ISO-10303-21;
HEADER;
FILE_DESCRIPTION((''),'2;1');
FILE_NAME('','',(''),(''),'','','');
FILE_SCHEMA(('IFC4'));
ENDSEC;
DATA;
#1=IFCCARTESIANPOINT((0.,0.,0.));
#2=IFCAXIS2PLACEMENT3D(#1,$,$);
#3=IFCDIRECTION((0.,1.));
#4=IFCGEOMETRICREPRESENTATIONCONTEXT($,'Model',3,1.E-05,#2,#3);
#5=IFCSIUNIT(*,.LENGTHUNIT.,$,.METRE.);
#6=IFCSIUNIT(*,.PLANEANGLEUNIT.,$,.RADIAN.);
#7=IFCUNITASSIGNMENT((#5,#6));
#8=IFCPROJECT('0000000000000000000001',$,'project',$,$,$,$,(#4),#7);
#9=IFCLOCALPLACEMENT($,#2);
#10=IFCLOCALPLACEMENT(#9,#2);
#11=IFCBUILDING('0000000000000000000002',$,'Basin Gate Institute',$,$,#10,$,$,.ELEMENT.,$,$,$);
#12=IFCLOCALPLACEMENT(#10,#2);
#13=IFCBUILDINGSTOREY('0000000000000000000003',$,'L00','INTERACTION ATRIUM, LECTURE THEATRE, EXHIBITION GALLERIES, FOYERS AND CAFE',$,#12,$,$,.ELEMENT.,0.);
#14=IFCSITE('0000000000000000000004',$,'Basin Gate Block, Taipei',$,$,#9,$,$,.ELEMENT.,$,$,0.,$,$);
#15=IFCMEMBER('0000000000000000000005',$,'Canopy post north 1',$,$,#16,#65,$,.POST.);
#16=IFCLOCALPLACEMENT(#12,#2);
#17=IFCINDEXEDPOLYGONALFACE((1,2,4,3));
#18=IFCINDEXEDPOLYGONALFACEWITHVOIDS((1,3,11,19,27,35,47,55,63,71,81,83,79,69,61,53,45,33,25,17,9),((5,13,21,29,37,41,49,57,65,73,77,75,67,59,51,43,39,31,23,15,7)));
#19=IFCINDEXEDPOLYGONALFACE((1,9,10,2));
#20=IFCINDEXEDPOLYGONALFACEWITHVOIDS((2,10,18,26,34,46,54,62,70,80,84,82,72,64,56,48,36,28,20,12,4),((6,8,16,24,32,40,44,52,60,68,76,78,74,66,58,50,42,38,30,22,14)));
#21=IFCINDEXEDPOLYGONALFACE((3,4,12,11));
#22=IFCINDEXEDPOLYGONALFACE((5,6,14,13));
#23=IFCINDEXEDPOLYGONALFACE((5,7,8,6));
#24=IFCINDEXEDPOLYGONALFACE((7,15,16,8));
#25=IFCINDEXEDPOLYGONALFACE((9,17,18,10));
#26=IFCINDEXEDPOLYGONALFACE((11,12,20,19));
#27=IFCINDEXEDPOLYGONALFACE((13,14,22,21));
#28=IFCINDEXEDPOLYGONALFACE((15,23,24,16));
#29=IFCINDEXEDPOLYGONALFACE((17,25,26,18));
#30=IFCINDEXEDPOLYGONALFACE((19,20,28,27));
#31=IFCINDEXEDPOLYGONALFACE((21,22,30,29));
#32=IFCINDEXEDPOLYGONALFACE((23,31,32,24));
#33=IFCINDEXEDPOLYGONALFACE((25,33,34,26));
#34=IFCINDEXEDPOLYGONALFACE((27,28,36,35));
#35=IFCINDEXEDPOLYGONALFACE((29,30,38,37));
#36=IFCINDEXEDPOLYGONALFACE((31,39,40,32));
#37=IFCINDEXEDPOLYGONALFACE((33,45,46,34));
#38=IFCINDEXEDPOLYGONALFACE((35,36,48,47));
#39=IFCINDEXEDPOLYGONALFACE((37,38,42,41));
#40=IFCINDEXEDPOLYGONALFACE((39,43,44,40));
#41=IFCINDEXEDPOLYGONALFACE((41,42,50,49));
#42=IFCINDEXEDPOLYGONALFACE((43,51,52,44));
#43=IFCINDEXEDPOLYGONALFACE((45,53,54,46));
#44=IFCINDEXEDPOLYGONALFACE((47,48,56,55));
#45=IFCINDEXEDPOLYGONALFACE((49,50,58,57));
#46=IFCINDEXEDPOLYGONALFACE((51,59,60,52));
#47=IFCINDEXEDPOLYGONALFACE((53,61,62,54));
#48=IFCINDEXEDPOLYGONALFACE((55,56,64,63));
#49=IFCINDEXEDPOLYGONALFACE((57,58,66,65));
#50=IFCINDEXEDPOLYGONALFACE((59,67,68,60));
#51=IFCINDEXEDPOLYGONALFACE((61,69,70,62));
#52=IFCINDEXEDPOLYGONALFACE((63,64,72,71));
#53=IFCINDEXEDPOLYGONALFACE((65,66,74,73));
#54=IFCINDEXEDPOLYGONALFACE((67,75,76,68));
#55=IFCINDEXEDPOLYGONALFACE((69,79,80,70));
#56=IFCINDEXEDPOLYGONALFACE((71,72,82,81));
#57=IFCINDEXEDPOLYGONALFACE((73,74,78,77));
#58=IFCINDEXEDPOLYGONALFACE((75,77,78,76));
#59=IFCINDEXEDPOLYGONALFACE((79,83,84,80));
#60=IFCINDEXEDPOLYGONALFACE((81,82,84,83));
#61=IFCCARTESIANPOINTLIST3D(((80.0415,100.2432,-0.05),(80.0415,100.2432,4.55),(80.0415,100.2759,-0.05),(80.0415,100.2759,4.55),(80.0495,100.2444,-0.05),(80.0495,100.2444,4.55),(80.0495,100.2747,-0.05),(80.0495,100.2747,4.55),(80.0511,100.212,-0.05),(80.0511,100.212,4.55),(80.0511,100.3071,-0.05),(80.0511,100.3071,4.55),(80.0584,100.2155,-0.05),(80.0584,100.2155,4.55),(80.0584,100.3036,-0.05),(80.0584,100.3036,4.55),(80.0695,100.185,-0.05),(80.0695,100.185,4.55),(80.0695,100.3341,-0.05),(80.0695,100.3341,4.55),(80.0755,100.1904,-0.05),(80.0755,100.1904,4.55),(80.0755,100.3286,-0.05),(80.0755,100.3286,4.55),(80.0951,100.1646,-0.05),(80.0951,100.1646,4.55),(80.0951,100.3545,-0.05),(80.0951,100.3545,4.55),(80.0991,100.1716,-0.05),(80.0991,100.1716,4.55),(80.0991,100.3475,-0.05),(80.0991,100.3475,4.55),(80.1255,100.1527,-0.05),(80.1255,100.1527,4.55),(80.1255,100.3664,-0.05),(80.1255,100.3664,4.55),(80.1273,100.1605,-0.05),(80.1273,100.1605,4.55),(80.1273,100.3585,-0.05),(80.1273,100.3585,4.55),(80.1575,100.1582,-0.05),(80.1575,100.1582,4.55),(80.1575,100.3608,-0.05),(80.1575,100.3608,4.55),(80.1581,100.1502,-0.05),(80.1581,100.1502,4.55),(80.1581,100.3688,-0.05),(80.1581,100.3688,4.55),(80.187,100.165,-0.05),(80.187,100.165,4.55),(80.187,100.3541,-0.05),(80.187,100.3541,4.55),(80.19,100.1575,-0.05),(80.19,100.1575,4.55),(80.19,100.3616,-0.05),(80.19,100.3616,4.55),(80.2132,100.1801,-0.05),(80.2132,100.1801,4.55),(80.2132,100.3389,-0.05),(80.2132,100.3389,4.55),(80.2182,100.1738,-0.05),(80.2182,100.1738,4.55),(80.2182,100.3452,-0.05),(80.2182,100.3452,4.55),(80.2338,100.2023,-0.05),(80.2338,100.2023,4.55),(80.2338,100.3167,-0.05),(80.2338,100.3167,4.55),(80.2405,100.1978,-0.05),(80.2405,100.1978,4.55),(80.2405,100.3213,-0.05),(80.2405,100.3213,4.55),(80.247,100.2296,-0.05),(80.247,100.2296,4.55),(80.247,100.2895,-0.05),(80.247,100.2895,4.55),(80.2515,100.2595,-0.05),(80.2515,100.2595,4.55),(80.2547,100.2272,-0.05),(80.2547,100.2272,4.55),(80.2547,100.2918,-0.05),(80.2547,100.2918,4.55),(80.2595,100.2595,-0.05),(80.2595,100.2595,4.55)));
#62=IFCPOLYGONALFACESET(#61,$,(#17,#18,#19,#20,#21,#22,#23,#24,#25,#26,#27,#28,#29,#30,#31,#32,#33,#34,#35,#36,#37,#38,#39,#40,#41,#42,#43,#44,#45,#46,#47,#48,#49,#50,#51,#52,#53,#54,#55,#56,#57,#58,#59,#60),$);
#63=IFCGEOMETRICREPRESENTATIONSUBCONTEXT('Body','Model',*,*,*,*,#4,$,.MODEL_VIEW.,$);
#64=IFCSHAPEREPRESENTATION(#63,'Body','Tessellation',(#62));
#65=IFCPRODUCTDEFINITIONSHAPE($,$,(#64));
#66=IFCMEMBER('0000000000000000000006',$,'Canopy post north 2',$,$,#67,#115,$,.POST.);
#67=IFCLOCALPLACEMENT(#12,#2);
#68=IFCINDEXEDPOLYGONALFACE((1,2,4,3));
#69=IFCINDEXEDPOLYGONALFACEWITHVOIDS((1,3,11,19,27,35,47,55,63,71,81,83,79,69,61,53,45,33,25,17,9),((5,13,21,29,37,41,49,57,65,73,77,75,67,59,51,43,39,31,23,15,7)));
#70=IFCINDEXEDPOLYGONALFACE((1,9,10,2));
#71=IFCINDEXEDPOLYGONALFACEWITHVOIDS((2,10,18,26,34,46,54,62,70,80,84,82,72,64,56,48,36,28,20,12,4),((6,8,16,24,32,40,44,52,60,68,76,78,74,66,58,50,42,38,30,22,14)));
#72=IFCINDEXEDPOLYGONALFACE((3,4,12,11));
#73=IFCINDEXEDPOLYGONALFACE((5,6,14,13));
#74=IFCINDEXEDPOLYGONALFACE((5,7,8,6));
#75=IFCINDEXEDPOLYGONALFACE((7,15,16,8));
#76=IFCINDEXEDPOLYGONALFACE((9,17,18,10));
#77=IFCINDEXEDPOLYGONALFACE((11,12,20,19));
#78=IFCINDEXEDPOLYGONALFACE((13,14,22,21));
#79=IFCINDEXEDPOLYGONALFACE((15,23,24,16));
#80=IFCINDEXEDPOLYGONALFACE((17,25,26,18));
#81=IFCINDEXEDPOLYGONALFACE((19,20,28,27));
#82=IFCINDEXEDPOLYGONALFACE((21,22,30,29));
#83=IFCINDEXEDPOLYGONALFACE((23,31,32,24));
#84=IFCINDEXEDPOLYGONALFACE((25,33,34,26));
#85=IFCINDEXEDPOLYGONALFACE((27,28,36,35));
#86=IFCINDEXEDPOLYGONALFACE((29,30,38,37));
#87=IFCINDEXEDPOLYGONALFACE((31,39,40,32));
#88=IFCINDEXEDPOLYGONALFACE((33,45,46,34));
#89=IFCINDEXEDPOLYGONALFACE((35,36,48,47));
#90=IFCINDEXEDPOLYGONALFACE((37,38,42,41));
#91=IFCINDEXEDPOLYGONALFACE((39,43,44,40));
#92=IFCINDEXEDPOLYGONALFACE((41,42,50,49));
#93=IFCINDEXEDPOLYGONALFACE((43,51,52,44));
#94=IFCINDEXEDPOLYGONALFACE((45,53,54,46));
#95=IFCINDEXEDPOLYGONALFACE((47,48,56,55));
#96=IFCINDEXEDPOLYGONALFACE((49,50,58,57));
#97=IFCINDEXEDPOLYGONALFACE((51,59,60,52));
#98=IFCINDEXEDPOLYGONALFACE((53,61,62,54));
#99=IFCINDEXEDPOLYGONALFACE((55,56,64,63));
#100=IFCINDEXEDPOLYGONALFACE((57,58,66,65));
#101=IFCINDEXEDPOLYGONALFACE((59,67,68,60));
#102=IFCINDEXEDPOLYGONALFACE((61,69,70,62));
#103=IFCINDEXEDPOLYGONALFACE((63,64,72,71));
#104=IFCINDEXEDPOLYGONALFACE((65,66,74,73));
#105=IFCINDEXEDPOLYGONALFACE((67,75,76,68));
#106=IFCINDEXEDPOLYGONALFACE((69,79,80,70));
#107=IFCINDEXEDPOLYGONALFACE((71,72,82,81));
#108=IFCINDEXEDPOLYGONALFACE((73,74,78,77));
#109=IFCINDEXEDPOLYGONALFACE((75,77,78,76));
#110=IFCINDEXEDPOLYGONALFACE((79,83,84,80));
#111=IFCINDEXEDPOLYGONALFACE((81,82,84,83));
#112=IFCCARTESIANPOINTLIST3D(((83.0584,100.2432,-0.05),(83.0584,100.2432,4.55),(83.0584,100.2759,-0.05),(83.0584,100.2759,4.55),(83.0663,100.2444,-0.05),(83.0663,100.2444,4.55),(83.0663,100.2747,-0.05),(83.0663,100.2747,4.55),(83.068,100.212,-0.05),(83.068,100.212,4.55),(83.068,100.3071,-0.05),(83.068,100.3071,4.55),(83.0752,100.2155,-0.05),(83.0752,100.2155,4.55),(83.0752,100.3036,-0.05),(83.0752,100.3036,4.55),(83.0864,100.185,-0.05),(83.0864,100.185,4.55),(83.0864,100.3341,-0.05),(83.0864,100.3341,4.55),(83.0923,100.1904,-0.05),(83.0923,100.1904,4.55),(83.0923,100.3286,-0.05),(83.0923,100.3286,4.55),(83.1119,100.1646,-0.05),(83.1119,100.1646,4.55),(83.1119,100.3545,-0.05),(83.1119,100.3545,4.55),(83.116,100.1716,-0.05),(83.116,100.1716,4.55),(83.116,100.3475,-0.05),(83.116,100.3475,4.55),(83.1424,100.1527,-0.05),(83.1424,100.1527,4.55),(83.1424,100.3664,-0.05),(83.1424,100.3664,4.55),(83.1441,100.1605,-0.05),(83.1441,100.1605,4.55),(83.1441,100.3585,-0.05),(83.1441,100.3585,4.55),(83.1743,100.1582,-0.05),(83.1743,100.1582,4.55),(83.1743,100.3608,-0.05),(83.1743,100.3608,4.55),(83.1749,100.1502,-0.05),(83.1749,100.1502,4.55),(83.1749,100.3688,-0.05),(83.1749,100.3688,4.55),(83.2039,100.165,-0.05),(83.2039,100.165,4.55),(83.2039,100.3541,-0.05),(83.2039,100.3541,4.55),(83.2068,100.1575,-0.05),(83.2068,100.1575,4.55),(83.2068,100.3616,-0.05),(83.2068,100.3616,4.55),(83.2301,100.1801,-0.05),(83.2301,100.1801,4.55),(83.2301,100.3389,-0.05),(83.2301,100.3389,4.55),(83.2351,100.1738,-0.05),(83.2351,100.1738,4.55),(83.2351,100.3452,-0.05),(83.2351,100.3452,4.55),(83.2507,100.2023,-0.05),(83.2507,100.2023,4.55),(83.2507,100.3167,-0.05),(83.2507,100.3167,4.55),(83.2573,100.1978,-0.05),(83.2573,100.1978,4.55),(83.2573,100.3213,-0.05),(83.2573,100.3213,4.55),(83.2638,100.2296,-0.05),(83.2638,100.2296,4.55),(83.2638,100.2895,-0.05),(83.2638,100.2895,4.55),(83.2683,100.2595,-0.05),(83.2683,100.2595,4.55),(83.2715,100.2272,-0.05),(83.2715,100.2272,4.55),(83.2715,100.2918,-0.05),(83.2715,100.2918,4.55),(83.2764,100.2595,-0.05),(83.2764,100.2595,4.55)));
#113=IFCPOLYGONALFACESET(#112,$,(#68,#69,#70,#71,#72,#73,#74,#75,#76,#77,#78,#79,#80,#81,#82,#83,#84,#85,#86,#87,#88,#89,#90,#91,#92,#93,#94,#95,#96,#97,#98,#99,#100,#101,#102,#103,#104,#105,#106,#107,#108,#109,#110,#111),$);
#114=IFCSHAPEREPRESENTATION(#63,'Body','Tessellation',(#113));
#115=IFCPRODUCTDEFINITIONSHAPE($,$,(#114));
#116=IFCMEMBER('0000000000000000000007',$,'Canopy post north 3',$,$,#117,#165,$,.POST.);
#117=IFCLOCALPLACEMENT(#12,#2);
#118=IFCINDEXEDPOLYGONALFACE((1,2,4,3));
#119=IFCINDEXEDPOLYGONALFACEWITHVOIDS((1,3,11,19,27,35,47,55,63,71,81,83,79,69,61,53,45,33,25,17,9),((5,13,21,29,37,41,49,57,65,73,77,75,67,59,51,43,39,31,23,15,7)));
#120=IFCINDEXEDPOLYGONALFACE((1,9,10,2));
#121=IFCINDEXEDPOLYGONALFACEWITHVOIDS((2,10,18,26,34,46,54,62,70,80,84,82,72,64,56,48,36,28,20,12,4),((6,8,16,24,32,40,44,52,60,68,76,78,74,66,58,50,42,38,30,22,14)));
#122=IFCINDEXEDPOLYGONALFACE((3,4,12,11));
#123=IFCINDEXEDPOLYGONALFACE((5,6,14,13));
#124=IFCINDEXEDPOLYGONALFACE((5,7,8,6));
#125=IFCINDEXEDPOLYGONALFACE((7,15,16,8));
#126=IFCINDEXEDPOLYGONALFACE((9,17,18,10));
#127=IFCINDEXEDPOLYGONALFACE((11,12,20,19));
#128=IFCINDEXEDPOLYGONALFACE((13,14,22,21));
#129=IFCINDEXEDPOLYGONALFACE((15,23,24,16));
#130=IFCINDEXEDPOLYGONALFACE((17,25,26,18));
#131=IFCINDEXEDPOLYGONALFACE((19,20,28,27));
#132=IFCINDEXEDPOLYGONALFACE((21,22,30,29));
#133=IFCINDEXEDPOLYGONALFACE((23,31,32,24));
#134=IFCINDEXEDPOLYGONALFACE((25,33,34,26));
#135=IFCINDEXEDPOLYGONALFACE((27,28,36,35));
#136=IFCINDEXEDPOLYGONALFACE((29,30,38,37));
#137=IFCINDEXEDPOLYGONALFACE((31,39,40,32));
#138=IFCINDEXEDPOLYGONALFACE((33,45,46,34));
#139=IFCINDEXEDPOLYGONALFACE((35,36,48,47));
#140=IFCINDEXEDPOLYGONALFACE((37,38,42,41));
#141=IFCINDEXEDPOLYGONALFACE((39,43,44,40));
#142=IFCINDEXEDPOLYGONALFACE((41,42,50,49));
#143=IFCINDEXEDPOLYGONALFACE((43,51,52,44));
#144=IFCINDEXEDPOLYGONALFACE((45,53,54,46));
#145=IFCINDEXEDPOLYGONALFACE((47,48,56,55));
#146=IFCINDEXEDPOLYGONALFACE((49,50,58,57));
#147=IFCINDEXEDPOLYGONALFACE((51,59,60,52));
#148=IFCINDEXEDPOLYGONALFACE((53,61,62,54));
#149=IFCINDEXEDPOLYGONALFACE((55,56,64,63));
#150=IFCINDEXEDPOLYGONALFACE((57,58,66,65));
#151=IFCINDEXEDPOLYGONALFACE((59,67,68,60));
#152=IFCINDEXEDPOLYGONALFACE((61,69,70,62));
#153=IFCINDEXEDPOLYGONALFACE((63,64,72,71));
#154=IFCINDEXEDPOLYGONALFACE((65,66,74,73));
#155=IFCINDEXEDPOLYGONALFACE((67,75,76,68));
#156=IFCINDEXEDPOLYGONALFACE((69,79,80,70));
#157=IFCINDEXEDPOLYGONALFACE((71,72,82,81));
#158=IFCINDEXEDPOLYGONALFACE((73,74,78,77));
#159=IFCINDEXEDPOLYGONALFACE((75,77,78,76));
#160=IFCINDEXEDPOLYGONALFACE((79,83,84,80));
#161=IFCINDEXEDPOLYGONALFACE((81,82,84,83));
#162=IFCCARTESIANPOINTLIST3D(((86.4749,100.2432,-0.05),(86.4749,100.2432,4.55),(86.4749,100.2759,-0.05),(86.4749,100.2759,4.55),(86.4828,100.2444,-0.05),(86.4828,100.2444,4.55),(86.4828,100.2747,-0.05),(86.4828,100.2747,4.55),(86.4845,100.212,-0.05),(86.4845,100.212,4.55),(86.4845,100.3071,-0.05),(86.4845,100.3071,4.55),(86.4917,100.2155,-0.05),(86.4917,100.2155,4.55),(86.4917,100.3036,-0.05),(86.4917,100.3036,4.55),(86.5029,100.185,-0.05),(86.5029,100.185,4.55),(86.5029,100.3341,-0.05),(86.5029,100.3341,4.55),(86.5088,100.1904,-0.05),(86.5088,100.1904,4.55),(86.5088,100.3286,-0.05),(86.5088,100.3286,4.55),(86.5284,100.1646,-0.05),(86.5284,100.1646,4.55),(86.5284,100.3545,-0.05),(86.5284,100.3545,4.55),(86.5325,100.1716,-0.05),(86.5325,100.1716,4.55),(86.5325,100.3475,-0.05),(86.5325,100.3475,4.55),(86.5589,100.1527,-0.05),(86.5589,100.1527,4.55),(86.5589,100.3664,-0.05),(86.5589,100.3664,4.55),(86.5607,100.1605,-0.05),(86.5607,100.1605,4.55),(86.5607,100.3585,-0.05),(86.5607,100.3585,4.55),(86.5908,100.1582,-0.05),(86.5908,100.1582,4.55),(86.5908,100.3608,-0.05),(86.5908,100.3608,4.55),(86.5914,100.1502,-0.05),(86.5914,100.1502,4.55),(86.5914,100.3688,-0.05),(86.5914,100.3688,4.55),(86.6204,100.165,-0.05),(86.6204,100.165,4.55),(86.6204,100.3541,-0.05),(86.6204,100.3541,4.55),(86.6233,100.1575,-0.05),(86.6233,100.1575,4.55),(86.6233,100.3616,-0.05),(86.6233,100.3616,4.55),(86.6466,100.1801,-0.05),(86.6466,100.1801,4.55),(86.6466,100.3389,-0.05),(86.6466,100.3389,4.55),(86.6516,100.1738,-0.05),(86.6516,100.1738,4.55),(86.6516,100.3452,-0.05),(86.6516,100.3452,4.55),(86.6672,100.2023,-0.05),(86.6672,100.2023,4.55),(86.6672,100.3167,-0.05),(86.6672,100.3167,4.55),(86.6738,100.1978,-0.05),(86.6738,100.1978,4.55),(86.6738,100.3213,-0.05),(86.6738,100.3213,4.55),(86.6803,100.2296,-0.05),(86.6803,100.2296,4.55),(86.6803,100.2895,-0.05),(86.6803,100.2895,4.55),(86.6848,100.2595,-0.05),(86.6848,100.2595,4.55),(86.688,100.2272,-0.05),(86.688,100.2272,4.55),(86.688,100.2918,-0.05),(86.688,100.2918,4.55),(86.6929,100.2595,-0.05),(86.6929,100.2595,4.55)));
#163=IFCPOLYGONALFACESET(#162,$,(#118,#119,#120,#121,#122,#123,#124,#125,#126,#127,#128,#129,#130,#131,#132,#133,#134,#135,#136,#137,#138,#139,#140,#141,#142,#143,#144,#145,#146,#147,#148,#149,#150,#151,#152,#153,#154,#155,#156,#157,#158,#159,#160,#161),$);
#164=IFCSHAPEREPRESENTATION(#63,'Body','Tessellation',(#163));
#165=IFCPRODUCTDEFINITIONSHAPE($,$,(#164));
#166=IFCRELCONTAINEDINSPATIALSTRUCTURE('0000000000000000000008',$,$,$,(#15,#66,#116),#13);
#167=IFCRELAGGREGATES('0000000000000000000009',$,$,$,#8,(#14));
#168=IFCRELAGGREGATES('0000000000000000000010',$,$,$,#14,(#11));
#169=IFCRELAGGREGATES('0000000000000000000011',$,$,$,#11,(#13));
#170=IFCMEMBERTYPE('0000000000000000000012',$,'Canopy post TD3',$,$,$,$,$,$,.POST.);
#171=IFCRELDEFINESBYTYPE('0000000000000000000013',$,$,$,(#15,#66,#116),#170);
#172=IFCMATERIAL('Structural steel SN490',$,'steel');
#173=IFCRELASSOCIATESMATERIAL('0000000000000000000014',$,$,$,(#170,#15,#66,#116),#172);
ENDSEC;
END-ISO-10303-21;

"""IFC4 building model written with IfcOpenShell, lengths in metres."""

from ifc_helpers import new_model, si_unit, direction, frame, origin, origin_2d, place, context, subcontext, project, spatial, hollow_circle, extrude, material, material_profile, profile_set, type_object, element, save


model = new_model("IFC4")

# Units and contexts
model_context = context("Model", 3, precision=1e-05, world=origin(), true_north=direction((0.0, 1.0)))
body_context = subcontext(model_context, "Body", "Model", "MODEL_VIEW")
ifc_project = project(units=[si_unit("LENGTHUNIT", "METRE"), si_unit("PLANEANGLEUNIT", "RADIAN")], contexts=[model_context])

# Site, building, storey
site_placement = place(None, origin())
site = spatial("IfcSite", under=ifc_project, at=site_placement, Name="Basin Gate Block, Taipei", CompositionType="ELEMENT", RefElevation=0.0)
building_placement = place(site_placement, origin())
building = spatial("IfcBuilding", under=site, at=building_placement, Name="Basin Gate Institute", CompositionType="ELEMENT")
storey_placement = place(building_placement, origin())
storey = spatial("IfcBuildingStorey", under=building, at=storey_placement, Name="L00", Description="INTERACTION ATRIUM, LECTURE THEATRE, EXHIBITION GALLERIES, FOYERS AND CAFE", CompositionType="ELEMENT", Elevation=0.0)

# Members
ifc_material_1 = material(Name="Structural steel SN490", Category="steel")
ifc_material_profile_1 = material_profile(ifc_material_1, hollow_circle(Radius=0.1096, WallThickness=0.0081, at=origin_2d()), Name="CHS219x8")
ifc_profile_set_1 = profile_set([ifc_material_profile_1], Name="Structural steel SN490")
member_type_1 = type_object("IfcMemberType", Name="Canopy post TD3", PredefinedType="POST", material=ifc_profile_set_1)
for number, where, z_axis, x_axis, name in (
    (1, (80.1499, 100.2595, -0.05), (0.0, 0.0, 1.0), (1.0, 0.0, 0.0), "Canopy post north 1"),
    (2, (83.1667, 100.2595, -0.05), (0.0, 0.0, 1.0), (1.0, 0.0, 0.0), "Canopy post north 2"),
    (3, (86.5833, 100.2595, -0.05), (0.0, 0.0, 1.0), (1.0, 0.0, 0.0), "Canopy post north 3"),
):
    element("IfcMember", number, at=place(storey_placement, frame(where, z_axis=z_axis, x_axis=x_axis)), inside=storey, type_object=member_type_1, material=ifc_profile_set_1, Name=name, PredefinedType="POST", context=body_context, shape_type="SweptSolid", body=[
        extrude(hollow_circle(Radius=0.1096, WallThickness=0.0081, at=origin_2d()), origin(), (0.0, 0.0, 1.0), 4.6001),
    ])

save(model, "model.ifc")
